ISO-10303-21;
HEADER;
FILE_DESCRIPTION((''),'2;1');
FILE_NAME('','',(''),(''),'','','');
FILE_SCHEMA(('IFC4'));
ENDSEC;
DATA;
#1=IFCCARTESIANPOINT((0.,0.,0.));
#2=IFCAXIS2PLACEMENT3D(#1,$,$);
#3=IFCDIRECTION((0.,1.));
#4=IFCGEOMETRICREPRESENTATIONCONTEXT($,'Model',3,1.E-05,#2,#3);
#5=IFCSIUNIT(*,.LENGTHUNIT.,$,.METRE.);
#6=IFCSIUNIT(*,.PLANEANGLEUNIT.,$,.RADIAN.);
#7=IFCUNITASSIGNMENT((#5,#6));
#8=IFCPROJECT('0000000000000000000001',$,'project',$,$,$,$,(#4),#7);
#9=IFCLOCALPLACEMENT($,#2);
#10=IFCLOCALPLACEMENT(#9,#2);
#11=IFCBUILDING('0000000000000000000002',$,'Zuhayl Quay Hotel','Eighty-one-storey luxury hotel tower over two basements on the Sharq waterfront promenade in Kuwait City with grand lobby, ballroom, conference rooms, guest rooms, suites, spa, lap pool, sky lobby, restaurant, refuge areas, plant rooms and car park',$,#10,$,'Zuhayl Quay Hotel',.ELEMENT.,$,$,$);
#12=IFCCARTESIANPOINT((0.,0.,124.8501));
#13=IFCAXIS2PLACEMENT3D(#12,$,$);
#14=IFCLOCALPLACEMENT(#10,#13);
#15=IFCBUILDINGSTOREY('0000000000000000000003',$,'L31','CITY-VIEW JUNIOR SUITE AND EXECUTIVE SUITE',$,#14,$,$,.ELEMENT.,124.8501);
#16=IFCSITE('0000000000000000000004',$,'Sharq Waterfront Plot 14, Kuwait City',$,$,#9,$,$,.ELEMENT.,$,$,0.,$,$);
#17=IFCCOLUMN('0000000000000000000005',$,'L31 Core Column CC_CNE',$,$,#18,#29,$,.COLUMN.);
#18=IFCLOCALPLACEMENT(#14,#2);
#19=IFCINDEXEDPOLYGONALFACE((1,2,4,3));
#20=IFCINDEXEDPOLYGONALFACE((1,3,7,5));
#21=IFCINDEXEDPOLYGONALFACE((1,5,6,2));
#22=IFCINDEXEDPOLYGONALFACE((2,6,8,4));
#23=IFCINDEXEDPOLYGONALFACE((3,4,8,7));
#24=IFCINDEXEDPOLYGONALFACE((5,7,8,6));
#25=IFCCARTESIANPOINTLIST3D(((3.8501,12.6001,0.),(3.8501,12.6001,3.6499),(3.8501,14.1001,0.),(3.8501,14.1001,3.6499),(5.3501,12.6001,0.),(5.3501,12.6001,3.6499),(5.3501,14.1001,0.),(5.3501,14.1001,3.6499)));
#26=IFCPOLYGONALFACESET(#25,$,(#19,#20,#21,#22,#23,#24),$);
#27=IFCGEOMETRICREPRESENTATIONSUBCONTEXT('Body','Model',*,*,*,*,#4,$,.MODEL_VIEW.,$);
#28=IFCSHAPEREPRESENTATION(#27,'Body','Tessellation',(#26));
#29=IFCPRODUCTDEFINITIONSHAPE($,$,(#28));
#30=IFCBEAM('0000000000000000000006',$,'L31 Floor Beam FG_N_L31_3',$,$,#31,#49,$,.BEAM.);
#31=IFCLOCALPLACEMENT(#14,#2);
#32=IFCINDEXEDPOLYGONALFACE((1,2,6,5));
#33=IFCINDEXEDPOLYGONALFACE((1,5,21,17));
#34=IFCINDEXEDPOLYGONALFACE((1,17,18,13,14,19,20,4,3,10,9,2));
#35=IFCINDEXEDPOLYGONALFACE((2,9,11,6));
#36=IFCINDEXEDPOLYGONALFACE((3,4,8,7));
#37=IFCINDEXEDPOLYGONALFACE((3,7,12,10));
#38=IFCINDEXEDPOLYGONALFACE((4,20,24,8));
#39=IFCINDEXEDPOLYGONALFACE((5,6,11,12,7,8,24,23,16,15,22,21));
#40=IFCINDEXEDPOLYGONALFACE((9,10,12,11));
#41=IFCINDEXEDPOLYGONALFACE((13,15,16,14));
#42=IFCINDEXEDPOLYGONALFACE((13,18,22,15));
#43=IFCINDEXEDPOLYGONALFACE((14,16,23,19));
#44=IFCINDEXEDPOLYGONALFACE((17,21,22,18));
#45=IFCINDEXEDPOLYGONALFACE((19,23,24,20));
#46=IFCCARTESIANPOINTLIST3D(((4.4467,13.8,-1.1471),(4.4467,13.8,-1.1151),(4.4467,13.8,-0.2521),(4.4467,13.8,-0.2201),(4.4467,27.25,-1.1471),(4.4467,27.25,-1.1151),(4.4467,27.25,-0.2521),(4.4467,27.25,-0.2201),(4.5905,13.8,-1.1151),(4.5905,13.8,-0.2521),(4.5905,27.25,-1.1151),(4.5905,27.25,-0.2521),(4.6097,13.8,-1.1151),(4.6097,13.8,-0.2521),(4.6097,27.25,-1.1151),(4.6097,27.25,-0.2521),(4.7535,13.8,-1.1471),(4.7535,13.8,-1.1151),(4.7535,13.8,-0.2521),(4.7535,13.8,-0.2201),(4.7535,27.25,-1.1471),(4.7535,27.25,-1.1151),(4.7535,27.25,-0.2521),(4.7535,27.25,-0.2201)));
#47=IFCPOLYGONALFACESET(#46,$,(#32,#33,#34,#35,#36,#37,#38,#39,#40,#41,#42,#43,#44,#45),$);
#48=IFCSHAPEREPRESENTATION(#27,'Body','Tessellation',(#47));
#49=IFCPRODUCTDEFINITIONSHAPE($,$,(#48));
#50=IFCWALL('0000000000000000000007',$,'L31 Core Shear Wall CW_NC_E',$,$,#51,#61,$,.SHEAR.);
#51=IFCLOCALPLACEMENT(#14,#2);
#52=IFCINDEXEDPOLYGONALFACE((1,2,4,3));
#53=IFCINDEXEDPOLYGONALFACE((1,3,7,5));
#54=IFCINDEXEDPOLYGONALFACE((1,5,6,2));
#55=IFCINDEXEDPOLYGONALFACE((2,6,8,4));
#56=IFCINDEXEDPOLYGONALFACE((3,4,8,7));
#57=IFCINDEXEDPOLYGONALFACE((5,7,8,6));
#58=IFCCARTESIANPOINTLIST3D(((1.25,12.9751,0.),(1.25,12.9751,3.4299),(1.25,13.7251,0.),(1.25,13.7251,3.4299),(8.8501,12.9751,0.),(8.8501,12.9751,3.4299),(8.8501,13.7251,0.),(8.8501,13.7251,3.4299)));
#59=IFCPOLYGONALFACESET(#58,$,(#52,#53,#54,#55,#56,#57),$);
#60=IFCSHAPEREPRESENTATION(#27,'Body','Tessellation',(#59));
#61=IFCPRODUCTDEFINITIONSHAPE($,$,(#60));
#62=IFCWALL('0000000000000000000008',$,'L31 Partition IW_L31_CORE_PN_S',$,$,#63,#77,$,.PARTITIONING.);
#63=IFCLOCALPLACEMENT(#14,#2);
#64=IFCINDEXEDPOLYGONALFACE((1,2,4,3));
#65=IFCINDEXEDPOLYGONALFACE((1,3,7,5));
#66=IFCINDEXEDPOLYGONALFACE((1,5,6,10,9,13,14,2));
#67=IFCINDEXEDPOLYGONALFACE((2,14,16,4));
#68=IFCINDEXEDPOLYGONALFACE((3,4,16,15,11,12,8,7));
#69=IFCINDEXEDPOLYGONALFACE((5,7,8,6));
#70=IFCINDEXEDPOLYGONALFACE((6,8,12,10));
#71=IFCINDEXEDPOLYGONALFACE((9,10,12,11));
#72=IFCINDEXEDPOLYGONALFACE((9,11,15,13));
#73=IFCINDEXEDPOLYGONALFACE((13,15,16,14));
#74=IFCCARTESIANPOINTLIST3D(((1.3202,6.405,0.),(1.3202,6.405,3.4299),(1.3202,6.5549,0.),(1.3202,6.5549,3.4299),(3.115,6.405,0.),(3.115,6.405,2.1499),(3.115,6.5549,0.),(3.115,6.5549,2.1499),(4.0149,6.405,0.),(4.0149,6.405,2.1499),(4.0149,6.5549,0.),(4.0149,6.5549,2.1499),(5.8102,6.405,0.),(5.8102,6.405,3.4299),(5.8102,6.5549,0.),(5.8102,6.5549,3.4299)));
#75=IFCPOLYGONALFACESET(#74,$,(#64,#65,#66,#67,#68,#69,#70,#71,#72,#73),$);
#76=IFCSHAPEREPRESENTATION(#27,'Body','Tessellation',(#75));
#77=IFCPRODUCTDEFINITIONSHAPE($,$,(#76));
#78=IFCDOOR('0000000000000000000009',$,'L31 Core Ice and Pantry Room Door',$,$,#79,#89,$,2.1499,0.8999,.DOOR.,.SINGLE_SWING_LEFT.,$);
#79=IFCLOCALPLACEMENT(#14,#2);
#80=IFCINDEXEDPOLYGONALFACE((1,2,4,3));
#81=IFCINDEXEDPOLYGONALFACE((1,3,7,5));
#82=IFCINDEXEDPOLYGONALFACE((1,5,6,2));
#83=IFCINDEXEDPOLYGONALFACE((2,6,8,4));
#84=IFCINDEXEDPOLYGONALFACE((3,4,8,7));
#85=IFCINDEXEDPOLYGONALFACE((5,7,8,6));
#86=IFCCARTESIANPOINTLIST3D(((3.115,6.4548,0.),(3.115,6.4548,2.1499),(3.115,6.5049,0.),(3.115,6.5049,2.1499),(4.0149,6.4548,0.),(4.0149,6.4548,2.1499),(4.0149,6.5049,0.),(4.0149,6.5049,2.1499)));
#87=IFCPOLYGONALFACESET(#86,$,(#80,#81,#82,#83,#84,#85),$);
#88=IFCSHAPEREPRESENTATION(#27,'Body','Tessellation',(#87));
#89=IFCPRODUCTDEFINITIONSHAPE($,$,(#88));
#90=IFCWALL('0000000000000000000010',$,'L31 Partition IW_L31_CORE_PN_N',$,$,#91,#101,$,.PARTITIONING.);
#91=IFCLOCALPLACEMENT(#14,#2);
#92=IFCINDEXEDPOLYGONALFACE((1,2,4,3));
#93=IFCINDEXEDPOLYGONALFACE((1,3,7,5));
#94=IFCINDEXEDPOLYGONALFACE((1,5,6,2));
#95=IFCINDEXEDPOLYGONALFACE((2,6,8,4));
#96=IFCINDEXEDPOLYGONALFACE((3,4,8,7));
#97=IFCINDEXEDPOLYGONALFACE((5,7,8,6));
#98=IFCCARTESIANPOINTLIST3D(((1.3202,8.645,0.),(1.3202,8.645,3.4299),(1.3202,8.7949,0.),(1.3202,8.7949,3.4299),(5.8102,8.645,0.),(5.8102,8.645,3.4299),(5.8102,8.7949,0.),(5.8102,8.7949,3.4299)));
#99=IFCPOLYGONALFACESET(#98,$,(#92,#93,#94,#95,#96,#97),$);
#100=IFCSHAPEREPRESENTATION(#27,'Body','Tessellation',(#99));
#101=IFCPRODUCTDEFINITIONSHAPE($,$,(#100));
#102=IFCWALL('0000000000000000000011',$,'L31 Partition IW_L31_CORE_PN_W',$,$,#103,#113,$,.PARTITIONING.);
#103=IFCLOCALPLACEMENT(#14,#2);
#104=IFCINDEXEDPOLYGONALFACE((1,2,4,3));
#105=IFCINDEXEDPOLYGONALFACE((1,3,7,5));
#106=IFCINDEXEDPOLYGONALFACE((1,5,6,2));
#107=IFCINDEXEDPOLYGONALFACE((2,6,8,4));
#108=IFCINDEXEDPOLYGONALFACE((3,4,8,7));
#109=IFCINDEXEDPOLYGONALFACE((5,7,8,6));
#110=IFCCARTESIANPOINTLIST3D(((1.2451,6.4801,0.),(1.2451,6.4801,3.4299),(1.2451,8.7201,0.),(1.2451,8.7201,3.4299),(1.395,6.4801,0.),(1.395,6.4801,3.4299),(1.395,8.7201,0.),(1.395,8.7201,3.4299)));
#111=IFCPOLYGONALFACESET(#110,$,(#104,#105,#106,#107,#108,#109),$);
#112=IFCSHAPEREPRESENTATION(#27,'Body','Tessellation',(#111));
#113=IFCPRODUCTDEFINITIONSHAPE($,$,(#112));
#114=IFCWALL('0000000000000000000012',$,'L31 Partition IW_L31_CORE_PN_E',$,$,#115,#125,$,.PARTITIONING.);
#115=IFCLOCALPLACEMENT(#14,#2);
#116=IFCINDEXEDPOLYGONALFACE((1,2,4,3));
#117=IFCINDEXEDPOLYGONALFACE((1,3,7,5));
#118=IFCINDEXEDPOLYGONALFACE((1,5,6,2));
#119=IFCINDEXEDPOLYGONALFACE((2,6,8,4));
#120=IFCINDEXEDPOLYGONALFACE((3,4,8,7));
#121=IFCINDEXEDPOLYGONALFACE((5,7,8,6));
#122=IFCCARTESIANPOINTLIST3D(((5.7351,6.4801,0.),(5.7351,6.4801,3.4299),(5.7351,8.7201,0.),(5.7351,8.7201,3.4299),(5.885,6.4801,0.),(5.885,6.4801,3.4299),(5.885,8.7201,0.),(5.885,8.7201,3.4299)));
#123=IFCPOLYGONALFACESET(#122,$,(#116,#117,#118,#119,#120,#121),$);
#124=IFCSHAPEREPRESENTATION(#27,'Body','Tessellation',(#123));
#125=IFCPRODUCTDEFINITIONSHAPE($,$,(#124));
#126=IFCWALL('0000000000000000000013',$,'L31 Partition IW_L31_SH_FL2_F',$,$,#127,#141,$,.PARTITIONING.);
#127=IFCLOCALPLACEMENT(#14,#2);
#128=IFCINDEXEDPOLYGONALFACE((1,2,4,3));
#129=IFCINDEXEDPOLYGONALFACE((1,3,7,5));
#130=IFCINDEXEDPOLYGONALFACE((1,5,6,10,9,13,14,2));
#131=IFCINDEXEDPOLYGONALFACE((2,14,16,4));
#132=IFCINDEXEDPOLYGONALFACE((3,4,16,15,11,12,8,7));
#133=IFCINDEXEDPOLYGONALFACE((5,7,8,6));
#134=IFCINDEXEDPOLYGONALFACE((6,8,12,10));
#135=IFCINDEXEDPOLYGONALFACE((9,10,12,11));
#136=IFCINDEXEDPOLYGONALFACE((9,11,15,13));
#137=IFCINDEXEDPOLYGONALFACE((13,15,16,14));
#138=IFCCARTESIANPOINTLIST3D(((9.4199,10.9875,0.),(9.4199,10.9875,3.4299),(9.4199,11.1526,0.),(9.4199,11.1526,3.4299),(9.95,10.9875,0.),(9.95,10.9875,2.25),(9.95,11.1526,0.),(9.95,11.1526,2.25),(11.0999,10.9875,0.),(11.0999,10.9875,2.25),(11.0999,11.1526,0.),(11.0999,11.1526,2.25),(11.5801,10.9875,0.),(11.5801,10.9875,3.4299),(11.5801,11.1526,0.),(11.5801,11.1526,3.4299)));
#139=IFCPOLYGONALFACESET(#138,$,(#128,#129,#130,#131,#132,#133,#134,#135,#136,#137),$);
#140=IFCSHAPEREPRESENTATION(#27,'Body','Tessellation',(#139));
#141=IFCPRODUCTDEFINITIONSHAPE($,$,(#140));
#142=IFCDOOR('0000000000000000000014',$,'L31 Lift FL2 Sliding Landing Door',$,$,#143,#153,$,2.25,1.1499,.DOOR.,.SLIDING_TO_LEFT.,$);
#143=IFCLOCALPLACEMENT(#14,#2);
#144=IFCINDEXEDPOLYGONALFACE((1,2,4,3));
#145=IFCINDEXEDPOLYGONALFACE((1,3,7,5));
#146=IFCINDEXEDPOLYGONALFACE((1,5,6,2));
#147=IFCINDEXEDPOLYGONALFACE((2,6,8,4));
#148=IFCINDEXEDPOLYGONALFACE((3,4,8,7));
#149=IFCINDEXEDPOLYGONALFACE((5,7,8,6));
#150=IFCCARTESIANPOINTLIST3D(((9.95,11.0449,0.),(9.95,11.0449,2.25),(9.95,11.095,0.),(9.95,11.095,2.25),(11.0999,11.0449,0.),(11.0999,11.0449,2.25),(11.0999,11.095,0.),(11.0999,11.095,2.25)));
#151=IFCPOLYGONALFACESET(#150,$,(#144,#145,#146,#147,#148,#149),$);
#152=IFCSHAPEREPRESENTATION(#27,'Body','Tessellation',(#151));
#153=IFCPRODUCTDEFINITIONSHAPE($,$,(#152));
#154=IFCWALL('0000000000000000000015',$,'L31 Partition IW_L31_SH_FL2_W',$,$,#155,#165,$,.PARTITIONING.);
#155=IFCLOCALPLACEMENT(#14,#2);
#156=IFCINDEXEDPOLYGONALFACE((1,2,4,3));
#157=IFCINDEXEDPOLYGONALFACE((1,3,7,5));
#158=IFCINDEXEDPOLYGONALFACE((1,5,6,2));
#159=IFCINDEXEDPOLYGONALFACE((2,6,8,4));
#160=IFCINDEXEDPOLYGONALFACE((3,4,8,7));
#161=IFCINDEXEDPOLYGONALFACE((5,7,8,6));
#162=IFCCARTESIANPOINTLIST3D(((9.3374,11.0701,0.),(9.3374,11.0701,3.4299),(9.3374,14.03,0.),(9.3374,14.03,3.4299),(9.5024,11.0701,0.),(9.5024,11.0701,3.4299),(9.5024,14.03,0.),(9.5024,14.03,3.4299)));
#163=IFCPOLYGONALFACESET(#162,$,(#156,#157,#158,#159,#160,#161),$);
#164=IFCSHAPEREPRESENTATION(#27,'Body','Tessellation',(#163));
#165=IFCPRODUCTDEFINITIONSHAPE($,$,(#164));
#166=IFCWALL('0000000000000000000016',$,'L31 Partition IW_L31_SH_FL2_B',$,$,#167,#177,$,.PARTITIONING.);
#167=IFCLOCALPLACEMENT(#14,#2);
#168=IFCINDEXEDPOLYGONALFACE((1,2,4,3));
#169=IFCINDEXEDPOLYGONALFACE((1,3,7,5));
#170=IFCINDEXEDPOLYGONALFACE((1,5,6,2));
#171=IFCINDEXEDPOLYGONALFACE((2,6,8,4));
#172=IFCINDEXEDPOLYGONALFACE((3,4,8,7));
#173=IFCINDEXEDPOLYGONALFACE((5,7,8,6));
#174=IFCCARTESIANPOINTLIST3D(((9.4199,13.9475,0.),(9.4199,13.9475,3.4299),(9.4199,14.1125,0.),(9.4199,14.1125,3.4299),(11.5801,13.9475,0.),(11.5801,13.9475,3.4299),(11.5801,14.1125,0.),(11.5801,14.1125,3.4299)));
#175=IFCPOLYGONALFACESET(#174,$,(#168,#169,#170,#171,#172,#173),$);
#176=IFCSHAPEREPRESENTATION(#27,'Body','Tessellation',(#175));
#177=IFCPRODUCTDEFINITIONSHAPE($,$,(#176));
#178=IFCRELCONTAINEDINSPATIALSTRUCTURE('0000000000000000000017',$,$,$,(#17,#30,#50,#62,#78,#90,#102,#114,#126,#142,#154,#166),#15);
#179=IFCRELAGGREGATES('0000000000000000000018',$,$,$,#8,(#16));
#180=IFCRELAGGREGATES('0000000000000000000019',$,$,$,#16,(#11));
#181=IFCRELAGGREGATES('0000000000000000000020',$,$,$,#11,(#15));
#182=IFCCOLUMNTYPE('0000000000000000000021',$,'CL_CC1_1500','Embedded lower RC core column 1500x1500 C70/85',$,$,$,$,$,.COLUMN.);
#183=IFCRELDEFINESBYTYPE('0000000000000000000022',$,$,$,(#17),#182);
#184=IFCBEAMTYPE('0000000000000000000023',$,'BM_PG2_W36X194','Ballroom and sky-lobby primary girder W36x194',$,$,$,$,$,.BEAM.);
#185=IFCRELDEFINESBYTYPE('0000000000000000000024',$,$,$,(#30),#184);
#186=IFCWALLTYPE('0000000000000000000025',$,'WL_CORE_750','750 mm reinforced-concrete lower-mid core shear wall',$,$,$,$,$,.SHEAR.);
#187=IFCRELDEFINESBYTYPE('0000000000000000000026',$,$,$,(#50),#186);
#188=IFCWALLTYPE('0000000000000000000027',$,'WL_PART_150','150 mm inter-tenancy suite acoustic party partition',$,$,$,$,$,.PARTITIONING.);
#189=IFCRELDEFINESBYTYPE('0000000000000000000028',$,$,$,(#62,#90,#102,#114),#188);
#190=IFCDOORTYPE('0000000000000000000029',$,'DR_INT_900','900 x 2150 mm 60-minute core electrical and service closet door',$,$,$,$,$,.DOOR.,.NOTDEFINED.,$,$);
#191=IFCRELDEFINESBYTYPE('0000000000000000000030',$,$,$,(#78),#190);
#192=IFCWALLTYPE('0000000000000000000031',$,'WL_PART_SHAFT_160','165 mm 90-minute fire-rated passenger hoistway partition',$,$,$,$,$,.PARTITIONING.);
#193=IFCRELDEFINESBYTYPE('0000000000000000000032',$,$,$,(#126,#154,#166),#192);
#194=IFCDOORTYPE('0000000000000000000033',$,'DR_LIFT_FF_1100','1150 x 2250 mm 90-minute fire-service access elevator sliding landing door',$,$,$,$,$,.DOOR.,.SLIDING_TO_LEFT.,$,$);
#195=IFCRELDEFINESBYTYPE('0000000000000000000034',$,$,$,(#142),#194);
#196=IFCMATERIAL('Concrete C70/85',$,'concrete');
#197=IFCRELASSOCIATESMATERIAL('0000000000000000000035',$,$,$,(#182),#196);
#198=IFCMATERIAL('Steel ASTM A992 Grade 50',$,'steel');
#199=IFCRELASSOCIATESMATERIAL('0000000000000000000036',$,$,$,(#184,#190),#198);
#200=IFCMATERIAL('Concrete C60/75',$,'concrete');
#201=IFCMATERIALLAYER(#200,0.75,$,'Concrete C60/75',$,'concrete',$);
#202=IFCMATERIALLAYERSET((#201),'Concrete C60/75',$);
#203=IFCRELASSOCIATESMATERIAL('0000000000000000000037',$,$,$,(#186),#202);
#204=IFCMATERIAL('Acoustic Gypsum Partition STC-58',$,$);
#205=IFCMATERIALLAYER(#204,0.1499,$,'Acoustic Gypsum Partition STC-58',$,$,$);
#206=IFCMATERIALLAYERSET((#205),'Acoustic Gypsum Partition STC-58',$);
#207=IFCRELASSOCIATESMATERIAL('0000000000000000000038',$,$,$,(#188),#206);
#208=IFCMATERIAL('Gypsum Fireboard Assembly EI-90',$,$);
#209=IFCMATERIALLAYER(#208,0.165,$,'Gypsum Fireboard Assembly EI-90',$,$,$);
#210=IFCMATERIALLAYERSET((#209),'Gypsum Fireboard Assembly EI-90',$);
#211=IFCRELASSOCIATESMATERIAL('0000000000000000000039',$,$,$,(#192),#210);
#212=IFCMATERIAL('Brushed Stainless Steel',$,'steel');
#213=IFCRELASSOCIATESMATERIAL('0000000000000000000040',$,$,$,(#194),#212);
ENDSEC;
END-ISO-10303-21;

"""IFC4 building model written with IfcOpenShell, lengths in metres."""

from ifc_helpers import new_model, si_unit, direction, frame, frame_2d, origin, origin_2d, place, context, subcontext, project, spatial, rectangle, i_section, extrude, material, layer, layer_set, material_profile, profile_set, type_object, element, fill, save


model = new_model("IFC4")

# Units and contexts
model_context = context("Model", 3, precision=1e-05, world=origin(), true_north=direction((0.0, 1.0)))
body_context = subcontext(model_context, "Body", "Model", "MODEL_VIEW")
ifc_project = project(units=[si_unit("LENGTHUNIT", "METRE"), si_unit("PLANEANGLEUNIT", "RADIAN")], contexts=[model_context])

# Site, building, storey
site_placement = place(None, origin())
site = spatial("IfcSite", under=ifc_project, at=site_placement, Name="Sharq Waterfront Plot 14, Kuwait City", CompositionType="ELEMENT", RefElevation=0.0)
building_placement = place(site_placement, origin())
building = spatial("IfcBuilding", under=site, at=building_placement, Name="Zuhayl Quay Hotel", Description="Eighty-one-storey luxury hotel tower over two basements on the Sharq waterfront promenade in Kuwait City with grand lobby, ballroom, conference rooms, guest rooms, suites, spa, lap pool, sky lobby, restaurant, refuge areas, plant rooms and car park", LongName="Zuhayl Quay Hotel", CompositionType="ELEMENT")
storey_placement = place(building_placement, frame((0.0, 0.0, 124.8501)))
storey = spatial("IfcBuildingStorey", under=building, at=storey_placement, Name="L31", Description="CITY-VIEW JUNIOR SUITE AND EXECUTIVE SUITE", CompositionType="ELEMENT", Elevation=124.8501)

# Column
ifc_material_1 = material(Name="Concrete C70/85", Category="concrete")
ifc_material_profile_1 = material_profile(ifc_material_1, rectangle(XDim=1.5, YDim=1.5, at=origin_2d()), Name="RC1500X1500")
ifc_profile_set_1 = profile_set([ifc_material_profile_1], Name="Concrete C70/85")
column_type = type_object("IfcColumnType", Name="CL_CC1_1500", Description="Embedded lower RC core column 1500x1500 C70/85", PredefinedType="COLUMN", material=ifc_profile_set_1)
column_placement = place(storey_placement, frame((4.6001, 13.3501, 0.0), z_axis=(0.0, 0.0, 1.0), x_axis=(1.0, 0.0, 0.0)))
element("IfcColumn", 1, at=column_placement, inside=storey, type_object=column_type, Name="L31 Core Column CC_CNE", PredefinedType="COLUMN", context=body_context, shape_type="SweptSolid", body=[
    extrude(rectangle(XDim=1.5, YDim=1.5, at=origin_2d()), origin(), (0.0, 0.0, 1.0), 3.6499),
])

# Beam
ifc_material_2 = material(Name="Steel ASTM A992 Grade 50", Category="steel")
ifc_material_profile_2 = material_profile(ifc_material_2, i_section(OverallWidth=0.3069, OverallDepth=0.927, WebThickness=0.0193, FlangeThickness=0.032, at=origin_2d()), Name="W36X194")
ifc_profile_set_2 = profile_set([ifc_material_profile_2], Name="Steel ASTM A992 Grade 50")
beam_type = type_object("IfcBeamType", Name="BM_PG2_W36X194", Description="Ballroom and sky-lobby primary girder W36x194", PredefinedType="BEAM", material=ifc_profile_set_2)
beam_placement = place(storey_placement, frame((4.6001, 13.8, -0.6836), z_axis=(0.0, 1.0, 0.0), x_axis=(-1.0, 0.0, 0.0)))
element("IfcBeam", 2, at=beam_placement, inside=storey, type_object=beam_type, Name="L31 Floor Beam FG_N_L31_3", PredefinedType="BEAM", context=body_context, shape_type="SweptSolid", body=[
    extrude(i_section(OverallWidth=0.3069, OverallDepth=0.927, WebThickness=0.0193, FlangeThickness=0.032, at=origin_2d()), origin(), (0.0, 0.0, 1.0), 13.45),
])

# Wall
ifc_material_3 = material(Name="Concrete C60/75", Category="concrete")
ifc_layer_1 = layer(ifc_material_3, 0.75, Name="Concrete C60/75", Category="concrete")
ifc_layer_set_1 = layer_set([ifc_layer_1], Name="Concrete C60/75")
wall_type_1 = type_object("IfcWallType", Name="WL_CORE_750", Description="750 mm reinforced-concrete lower-mid core shear wall", PredefinedType="SHEAR", material=ifc_layer_set_1)
wall_1_placement = place(storey_placement, frame((1.25, 13.3501, 0.0), z_axis=(0.0, 0.0, 1.0), x_axis=(1.0, 0.0, 0.0)))
element("IfcWall", 3, at=wall_1_placement, inside=storey, type_object=wall_type_1, Name="L31 Core Shear Wall CW_NC_E", PredefinedType="SHEAR", context=body_context, shape_type="SweptSolid", body=[
    extrude(rectangle(XDim=7.6001, YDim=0.75, at=frame_2d((3.8, 0.0))), origin(), (0.0, 0.0, 1.0), 3.4299),
])

# Wall, opening, door
ifc_material_4 = material(Name="Acoustic Gypsum Partition STC-58")
ifc_layer_2 = layer(ifc_material_4, 0.1499, Name="Acoustic Gypsum Partition STC-58")
ifc_layer_set_2 = layer_set([ifc_layer_2], Name="Acoustic Gypsum Partition STC-58")
wall_type_2 = type_object("IfcWallType", Name="WL_PART_150", Description="150 mm inter-tenancy suite acoustic party partition", PredefinedType="PARTITIONING", material=ifc_layer_set_2)
wall_2_placement = place(storey_placement, frame((1.3201, 6.48, 0.0), z_axis=(0.0, 0.0, 1.0), x_axis=(1.0, 0.0, 0.0)))
wall_2 = element("IfcWall", 4, at=wall_2_placement, inside=storey, type_object=wall_type_2, Name="L31 Partition IW_L31_CORE_PN_S", PredefinedType="PARTITIONING", context=body_context, shape_type="SweptSolid", body=[
    extrude(rectangle(XDim=4.49, YDim=0.1499, at=frame_2d((2.2451, 0.0))), origin(), (0.0, 0.0, 1.0), 3.4299),
])
opening_1_placement = place(wall_2_placement, frame((1.7949, 0.0, 0.0)))
opening_1 = element("IfcOpeningElement", 5, at=opening_1_placement, cuts=wall_2, PredefinedType="OPENING", context=body_context, shape_type="SweptSolid", body=[
    extrude(rectangle(XDim=0.8999, YDim=2.1499, at=frame_2d((0.45, 1.075))), frame((0.0, 0.085, 0.0), z_axis=(0.0, -1.0, 0.0), x_axis=(1.0, 0.0, 0.0)), (0.0, 0.0, 1.0), 0.1699),
])
door_type_1 = type_object("IfcDoorType", Name="DR_INT_900", Description="900 x 2150 mm 60-minute core electrical and service closet door", OperationType="NOTDEFINED", PredefinedType="DOOR", material=ifc_material_2)
door_1_placement = place(opening_1_placement, origin())
door_1 = element("IfcDoor", 6, at=door_1_placement, inside=storey, type_object=door_type_1, Name="L31 Core Ice and Pantry Room Door", OperationType="SINGLE_SWING_LEFT", OverallHeight=2.1499, OverallWidth=0.8999, PredefinedType="DOOR", context=body_context, shape_type="SweptSolid", body=[
    extrude(rectangle(XDim=0.8999, YDim=2.1499, at=frame_2d((0.45, 1.075))), frame((0.0, 0.0249, 0.0), z_axis=(0.0, -1.0, 0.0), x_axis=(1.0, 0.0, 0.0)), (0.0, 0.0, 1.0), 0.05),
])
fill(opening_1, door_1)

# Walls
wall_3_placement = place(storey_placement, frame((1.3201, 8.72, 0.0), z_axis=(0.0, 0.0, 1.0), x_axis=(1.0, 0.0, 0.0)))
element("IfcWall", 7, at=wall_3_placement, inside=storey, type_object=wall_type_2, Name="L31 Partition IW_L31_CORE_PN_N", PredefinedType="PARTITIONING", context=body_context, shape_type="SweptSolid", body=[
    extrude(rectangle(XDim=4.49, YDim=0.1499, at=frame_2d((2.2451, 0.0))), origin(), (0.0, 0.0, 1.0), 3.4299),
])
for number, where, z_axis, x_axis, name in (
    (8, (1.3201, 6.48, 0.0), (0.0, 0.0, 1.0), (0.0, 1.0, 0.0), "L31 Partition IW_L31_CORE_PN_W"),
    (9, (5.8101, 6.48, 0.0), (0.0, 0.0, 1.0), (0.0, 1.0, 0.0), "L31 Partition IW_L31_CORE_PN_E"),
):
    element("IfcWall", number, at=place(storey_placement, frame(where, z_axis=z_axis, x_axis=x_axis)), inside=storey, type_object=wall_type_2, Name=name, PredefinedType="PARTITIONING", context=body_context, shape_type="SweptSolid", body=[
        extrude(rectangle(XDim=2.24, YDim=0.1499, at=frame_2d((1.1201, 0.0))), origin(), (0.0, 0.0, 1.0), 3.4299),
    ])

# Wall, opening, door
ifc_material_5 = material(Name="Gypsum Fireboard Assembly EI-90")
ifc_layer_3 = layer(ifc_material_5, 0.165, Name="Gypsum Fireboard Assembly EI-90")
ifc_layer_set_3 = layer_set([ifc_layer_3], Name="Gypsum Fireboard Assembly EI-90")
wall_type_3 = type_object("IfcWallType", Name="WL_PART_SHAFT_160", Description="165 mm 90-minute fire-rated passenger hoistway partition", PredefinedType="PARTITIONING", material=ifc_layer_set_3)
wall_4_placement = place(storey_placement, frame((9.4199, 11.0701, 0.0), z_axis=(0.0, 0.0, 1.0), x_axis=(1.0, 0.0, 0.0)))
wall_4 = element("IfcWall", 10, at=wall_4_placement, inside=storey, type_object=wall_type_3, Name="L31 Partition IW_L31_SH_FL2_F", PredefinedType="PARTITIONING", context=body_context, shape_type="SweptSolid", body=[
    extrude(rectangle(XDim=2.1602, YDim=0.165, at=frame_2d((1.0801, 0.0))), origin(), (0.0, 0.0, 1.0), 3.4299),
])
opening_2_placement = place(wall_4_placement, frame((0.53, 0.0, 0.0)))
opening_2 = element("IfcOpeningElement", 11, at=opening_2_placement, cuts=wall_4, PredefinedType="OPENING", context=body_context, shape_type="SweptSolid", body=[
    extrude(rectangle(XDim=1.1499, YDim=2.25, at=frame_2d((0.575, 1.125))), frame((0.0, 0.0925, 0.0), z_axis=(0.0, -1.0, 0.0), x_axis=(1.0, 0.0, 0.0)), (0.0, 0.0, 1.0), 0.1851),
])
ifc_material_6 = material(Name="Brushed Stainless Steel", Category="steel")
door_type_2 = type_object("IfcDoorType", Name="DR_LIFT_FF_1100", Description="1150 x 2250 mm 90-minute fire-service access elevator sliding landing door", OperationType="SLIDING_TO_LEFT", PredefinedType="DOOR", material=ifc_material_6)
door_2_placement = place(opening_2_placement, origin())
door_2 = element("IfcDoor", 12, at=door_2_placement, inside=storey, type_object=door_type_2, Name="L31 Lift FL2 Sliding Landing Door", OperationType="SLIDING_TO_LEFT", OverallHeight=2.25, OverallWidth=1.1499, PredefinedType="DOOR", context=body_context, shape_type="SweptSolid", body=[
    extrude(rectangle(XDim=1.1499, YDim=2.25, at=frame_2d((0.575, 1.125))), frame((0.0, 0.0249, 0.0), z_axis=(0.0, -1.0, 0.0), x_axis=(1.0, 0.0, 0.0)), (0.0, 0.0, 1.0), 0.05),
])
fill(opening_2, door_2)

# Walls
wall_5_placement = place(storey_placement, frame((9.4199, 11.0701, 0.0), z_axis=(0.0, 0.0, 1.0), x_axis=(0.0, 1.0, 0.0)))
element("IfcWall", 13, at=wall_5_placement, inside=storey, type_object=wall_type_3, Name="L31 Partition IW_L31_SH_FL2_W", PredefinedType="PARTITIONING", context=body_context, shape_type="SweptSolid", body=[
    extrude(rectangle(XDim=2.96, YDim=0.165, at=frame_2d((1.48, 0.0))), origin(), (0.0, 0.0, 1.0), 3.4299),
])
wall_6_placement = place(storey_placement, frame((9.4199, 14.03, 0.0), z_axis=(0.0, 0.0, 1.0), x_axis=(1.0, 0.0, 0.0)))
element("IfcWall", 14, at=wall_6_placement, inside=storey, type_object=wall_type_3, Name="L31 Partition IW_L31_SH_FL2_B", PredefinedType="PARTITIONING", context=body_context, shape_type="SweptSolid", body=[
    extrude(rectangle(XDim=2.1602, YDim=0.165, at=frame_2d((1.0801, 0.0))), origin(), (0.0, 0.0, 1.0), 3.4299),
])

save(model, "model.ifc")
